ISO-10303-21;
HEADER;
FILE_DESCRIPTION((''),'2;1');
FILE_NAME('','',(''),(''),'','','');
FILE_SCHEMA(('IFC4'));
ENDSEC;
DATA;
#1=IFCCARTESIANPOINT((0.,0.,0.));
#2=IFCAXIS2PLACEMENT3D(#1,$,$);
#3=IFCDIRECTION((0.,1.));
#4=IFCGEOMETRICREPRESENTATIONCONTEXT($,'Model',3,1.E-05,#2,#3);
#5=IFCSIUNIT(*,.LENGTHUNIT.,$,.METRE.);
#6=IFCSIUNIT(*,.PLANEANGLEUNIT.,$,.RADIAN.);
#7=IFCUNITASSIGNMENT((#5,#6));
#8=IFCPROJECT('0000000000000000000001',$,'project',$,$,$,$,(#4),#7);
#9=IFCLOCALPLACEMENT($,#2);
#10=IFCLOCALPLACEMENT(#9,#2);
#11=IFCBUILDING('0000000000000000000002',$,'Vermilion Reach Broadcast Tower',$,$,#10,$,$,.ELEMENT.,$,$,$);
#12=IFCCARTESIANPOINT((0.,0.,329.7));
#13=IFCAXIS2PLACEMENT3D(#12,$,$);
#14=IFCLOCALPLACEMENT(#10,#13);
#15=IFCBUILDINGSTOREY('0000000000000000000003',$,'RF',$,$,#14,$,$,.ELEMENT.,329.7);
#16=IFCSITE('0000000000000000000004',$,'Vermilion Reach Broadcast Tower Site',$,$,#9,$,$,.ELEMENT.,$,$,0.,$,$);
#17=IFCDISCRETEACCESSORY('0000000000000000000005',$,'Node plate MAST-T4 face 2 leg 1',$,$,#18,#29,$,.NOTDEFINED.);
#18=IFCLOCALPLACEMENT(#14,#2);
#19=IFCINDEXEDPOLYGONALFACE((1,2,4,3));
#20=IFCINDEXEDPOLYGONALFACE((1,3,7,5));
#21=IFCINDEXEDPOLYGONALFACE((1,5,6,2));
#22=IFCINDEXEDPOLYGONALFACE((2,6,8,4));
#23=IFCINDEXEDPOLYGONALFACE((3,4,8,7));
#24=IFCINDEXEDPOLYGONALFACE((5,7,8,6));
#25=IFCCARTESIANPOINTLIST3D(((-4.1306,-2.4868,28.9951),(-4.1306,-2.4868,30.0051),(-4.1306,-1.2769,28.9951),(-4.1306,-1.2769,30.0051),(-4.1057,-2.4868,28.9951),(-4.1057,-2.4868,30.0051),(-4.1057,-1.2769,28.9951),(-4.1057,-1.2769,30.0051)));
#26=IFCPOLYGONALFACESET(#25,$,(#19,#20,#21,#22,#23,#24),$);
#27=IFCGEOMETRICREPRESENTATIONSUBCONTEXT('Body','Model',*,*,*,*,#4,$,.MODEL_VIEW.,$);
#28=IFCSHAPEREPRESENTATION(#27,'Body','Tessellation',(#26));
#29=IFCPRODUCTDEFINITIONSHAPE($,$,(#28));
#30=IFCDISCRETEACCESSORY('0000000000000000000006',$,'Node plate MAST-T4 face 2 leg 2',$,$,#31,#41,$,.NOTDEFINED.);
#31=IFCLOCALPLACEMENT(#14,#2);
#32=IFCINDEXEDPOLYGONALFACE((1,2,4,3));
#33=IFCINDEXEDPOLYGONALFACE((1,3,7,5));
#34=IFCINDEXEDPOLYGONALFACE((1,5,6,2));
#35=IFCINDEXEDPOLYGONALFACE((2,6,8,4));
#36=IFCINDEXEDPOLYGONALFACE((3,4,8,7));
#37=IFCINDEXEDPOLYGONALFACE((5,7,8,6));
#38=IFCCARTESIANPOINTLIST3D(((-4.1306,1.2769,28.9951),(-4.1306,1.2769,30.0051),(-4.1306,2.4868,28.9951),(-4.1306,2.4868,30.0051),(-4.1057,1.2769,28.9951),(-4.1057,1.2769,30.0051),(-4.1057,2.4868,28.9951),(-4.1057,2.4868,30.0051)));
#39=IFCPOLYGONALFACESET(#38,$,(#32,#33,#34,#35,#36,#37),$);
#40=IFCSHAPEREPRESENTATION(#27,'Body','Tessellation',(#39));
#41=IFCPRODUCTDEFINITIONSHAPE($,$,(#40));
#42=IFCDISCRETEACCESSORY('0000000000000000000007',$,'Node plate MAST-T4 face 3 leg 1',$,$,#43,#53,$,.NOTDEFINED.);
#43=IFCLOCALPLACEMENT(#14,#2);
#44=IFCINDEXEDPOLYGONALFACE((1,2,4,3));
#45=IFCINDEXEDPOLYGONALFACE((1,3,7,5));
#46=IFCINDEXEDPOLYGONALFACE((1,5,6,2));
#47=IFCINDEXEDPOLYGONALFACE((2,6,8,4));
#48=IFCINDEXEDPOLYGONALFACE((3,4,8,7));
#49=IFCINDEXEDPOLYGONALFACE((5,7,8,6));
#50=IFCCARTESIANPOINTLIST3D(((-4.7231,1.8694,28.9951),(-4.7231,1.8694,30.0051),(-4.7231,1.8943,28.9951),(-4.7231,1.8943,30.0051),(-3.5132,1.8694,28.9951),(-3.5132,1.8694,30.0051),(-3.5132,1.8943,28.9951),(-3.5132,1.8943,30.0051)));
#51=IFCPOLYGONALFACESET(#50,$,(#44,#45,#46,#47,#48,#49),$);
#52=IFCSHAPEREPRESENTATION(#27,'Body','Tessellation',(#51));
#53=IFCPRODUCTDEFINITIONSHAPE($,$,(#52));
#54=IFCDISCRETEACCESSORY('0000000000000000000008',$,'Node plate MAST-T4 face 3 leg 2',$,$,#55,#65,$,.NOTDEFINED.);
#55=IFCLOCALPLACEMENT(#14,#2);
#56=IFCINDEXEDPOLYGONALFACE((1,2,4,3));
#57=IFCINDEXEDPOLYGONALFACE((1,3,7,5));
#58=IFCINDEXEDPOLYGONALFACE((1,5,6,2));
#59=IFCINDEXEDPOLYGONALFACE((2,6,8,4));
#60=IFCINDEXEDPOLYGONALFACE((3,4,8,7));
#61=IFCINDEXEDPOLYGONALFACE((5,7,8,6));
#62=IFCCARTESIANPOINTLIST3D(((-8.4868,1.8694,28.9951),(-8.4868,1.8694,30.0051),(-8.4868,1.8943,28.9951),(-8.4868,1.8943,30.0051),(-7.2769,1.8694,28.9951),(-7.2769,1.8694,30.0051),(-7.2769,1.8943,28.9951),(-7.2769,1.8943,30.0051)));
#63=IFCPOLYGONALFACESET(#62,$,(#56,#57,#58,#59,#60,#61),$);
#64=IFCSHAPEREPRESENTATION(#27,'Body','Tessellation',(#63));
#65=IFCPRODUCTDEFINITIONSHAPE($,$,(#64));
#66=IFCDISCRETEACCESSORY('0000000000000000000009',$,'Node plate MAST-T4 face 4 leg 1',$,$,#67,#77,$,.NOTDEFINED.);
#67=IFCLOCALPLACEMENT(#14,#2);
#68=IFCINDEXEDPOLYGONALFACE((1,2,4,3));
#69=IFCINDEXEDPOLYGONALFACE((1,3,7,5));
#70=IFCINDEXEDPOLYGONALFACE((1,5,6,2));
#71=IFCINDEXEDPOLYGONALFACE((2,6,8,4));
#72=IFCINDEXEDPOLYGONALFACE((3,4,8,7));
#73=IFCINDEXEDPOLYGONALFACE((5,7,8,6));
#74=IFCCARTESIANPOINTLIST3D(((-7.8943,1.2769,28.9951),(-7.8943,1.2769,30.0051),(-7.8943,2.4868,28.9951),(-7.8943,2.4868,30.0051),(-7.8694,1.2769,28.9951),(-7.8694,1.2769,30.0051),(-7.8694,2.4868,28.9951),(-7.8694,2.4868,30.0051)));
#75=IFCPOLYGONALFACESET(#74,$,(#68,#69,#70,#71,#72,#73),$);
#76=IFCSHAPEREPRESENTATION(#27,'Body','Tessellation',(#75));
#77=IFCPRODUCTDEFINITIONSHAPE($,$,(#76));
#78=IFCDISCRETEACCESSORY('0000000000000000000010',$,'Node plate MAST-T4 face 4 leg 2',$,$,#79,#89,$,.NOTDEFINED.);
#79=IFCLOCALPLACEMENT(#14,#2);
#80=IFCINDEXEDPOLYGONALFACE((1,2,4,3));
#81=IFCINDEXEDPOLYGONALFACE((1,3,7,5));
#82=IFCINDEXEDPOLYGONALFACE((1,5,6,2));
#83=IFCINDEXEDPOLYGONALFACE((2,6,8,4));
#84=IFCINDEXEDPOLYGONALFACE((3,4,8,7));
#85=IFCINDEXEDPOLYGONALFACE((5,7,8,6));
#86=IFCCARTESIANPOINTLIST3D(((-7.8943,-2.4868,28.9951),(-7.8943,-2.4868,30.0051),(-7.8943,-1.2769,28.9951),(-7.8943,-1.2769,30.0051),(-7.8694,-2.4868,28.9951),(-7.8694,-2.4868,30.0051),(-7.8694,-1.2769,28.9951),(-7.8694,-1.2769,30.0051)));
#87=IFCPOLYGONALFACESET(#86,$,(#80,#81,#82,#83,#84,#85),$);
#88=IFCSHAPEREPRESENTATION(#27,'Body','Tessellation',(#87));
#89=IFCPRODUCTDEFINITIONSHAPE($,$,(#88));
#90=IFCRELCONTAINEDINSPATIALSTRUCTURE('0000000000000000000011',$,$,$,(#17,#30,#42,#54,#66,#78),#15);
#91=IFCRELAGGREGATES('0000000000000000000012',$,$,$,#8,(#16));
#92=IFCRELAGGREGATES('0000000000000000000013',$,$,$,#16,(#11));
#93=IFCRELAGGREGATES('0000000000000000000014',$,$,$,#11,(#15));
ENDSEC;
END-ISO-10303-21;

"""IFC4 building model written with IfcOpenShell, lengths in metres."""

from ifc_helpers import new_model, si_unit, direction, frame, origin, origin_2d, place, context, subcontext, project, spatial, rectangle, extrude, element, save


model = new_model("IFC4")

# Units and contexts
model_context = context("Model", 3, precision=1e-05, world=origin(), true_north=direction((0.0, 1.0)))
body_context = subcontext(model_context, "Body", "Model", "MODEL_VIEW")
ifc_project = project(units=[si_unit("LENGTHUNIT", "METRE"), si_unit("PLANEANGLEUNIT", "RADIAN")], contexts=[model_context])

# Site, building, storey
site_placement = place(None, origin())
site = spatial("IfcSite", under=ifc_project, at=site_placement, Name="Vermilion Reach Broadcast Tower Site", CompositionType="ELEMENT", RefElevation=0.0)
building_placement = place(site_placement, origin())
building = spatial("IfcBuilding", under=site, at=building_placement, Name="Vermilion Reach Broadcast Tower", CompositionType="ELEMENT")
storey_placement = place(building_placement, frame((0.0, 0.0, 329.7)))
storey = spatial("IfcBuildingStorey", under=building, at=storey_placement, Name="RF", CompositionType="ELEMENT", Elevation=329.7)

# Discrete accessories
for number, where, z_axis, x_axis, name in (
    (1, (-4.1182, -1.8818, 28.9951), (0.0, 0.0, 1.0), (-1.0, 0.0, 0.0), "Node plate MAST-T4 face 2 leg 1"),
    (2, (-4.1182, 1.8818, 28.9951), (0.0, 0.0, 1.0), (-1.0, 0.0, 0.0), "Node plate MAST-T4 face 2 leg 2"),
    (3, (-4.1182, 1.8818, 28.9951), (0.0, 0.0, 1.0), (0.0, -1.0, 0.0), "Node plate MAST-T4 face 3 leg 1"),
    (4, (-7.8818, 1.8818, 28.9951), (0.0, 0.0, 1.0), (0.0, -1.0, 0.0), "Node plate MAST-T4 face 3 leg 2"),
    (5, (-7.8818, 1.8818, 28.9951), (0.0, 0.0, 1.0), (1.0, 0.0, 0.0), "Node plate MAST-T4 face 4 leg 1"),
    (6, (-7.8818, -1.8818, 28.9951), (0.0, 0.0, 1.0), (1.0, 0.0, 0.0), "Node plate MAST-T4 face 4 leg 2"),
):
    element("IfcDiscreteAccessory", number, at=place(storey_placement, frame(where, z_axis=z_axis, x_axis=x_axis)), inside=storey, Name=name, PredefinedType="NOTDEFINED", context=body_context, shape_type="SweptSolid", body=[
        extrude(rectangle(XDim=0.0249, YDim=1.21, at=origin_2d()), origin(), (0.0, 0.0, 1.0), 1.01),
    ])

save(model, "model.ifc")
